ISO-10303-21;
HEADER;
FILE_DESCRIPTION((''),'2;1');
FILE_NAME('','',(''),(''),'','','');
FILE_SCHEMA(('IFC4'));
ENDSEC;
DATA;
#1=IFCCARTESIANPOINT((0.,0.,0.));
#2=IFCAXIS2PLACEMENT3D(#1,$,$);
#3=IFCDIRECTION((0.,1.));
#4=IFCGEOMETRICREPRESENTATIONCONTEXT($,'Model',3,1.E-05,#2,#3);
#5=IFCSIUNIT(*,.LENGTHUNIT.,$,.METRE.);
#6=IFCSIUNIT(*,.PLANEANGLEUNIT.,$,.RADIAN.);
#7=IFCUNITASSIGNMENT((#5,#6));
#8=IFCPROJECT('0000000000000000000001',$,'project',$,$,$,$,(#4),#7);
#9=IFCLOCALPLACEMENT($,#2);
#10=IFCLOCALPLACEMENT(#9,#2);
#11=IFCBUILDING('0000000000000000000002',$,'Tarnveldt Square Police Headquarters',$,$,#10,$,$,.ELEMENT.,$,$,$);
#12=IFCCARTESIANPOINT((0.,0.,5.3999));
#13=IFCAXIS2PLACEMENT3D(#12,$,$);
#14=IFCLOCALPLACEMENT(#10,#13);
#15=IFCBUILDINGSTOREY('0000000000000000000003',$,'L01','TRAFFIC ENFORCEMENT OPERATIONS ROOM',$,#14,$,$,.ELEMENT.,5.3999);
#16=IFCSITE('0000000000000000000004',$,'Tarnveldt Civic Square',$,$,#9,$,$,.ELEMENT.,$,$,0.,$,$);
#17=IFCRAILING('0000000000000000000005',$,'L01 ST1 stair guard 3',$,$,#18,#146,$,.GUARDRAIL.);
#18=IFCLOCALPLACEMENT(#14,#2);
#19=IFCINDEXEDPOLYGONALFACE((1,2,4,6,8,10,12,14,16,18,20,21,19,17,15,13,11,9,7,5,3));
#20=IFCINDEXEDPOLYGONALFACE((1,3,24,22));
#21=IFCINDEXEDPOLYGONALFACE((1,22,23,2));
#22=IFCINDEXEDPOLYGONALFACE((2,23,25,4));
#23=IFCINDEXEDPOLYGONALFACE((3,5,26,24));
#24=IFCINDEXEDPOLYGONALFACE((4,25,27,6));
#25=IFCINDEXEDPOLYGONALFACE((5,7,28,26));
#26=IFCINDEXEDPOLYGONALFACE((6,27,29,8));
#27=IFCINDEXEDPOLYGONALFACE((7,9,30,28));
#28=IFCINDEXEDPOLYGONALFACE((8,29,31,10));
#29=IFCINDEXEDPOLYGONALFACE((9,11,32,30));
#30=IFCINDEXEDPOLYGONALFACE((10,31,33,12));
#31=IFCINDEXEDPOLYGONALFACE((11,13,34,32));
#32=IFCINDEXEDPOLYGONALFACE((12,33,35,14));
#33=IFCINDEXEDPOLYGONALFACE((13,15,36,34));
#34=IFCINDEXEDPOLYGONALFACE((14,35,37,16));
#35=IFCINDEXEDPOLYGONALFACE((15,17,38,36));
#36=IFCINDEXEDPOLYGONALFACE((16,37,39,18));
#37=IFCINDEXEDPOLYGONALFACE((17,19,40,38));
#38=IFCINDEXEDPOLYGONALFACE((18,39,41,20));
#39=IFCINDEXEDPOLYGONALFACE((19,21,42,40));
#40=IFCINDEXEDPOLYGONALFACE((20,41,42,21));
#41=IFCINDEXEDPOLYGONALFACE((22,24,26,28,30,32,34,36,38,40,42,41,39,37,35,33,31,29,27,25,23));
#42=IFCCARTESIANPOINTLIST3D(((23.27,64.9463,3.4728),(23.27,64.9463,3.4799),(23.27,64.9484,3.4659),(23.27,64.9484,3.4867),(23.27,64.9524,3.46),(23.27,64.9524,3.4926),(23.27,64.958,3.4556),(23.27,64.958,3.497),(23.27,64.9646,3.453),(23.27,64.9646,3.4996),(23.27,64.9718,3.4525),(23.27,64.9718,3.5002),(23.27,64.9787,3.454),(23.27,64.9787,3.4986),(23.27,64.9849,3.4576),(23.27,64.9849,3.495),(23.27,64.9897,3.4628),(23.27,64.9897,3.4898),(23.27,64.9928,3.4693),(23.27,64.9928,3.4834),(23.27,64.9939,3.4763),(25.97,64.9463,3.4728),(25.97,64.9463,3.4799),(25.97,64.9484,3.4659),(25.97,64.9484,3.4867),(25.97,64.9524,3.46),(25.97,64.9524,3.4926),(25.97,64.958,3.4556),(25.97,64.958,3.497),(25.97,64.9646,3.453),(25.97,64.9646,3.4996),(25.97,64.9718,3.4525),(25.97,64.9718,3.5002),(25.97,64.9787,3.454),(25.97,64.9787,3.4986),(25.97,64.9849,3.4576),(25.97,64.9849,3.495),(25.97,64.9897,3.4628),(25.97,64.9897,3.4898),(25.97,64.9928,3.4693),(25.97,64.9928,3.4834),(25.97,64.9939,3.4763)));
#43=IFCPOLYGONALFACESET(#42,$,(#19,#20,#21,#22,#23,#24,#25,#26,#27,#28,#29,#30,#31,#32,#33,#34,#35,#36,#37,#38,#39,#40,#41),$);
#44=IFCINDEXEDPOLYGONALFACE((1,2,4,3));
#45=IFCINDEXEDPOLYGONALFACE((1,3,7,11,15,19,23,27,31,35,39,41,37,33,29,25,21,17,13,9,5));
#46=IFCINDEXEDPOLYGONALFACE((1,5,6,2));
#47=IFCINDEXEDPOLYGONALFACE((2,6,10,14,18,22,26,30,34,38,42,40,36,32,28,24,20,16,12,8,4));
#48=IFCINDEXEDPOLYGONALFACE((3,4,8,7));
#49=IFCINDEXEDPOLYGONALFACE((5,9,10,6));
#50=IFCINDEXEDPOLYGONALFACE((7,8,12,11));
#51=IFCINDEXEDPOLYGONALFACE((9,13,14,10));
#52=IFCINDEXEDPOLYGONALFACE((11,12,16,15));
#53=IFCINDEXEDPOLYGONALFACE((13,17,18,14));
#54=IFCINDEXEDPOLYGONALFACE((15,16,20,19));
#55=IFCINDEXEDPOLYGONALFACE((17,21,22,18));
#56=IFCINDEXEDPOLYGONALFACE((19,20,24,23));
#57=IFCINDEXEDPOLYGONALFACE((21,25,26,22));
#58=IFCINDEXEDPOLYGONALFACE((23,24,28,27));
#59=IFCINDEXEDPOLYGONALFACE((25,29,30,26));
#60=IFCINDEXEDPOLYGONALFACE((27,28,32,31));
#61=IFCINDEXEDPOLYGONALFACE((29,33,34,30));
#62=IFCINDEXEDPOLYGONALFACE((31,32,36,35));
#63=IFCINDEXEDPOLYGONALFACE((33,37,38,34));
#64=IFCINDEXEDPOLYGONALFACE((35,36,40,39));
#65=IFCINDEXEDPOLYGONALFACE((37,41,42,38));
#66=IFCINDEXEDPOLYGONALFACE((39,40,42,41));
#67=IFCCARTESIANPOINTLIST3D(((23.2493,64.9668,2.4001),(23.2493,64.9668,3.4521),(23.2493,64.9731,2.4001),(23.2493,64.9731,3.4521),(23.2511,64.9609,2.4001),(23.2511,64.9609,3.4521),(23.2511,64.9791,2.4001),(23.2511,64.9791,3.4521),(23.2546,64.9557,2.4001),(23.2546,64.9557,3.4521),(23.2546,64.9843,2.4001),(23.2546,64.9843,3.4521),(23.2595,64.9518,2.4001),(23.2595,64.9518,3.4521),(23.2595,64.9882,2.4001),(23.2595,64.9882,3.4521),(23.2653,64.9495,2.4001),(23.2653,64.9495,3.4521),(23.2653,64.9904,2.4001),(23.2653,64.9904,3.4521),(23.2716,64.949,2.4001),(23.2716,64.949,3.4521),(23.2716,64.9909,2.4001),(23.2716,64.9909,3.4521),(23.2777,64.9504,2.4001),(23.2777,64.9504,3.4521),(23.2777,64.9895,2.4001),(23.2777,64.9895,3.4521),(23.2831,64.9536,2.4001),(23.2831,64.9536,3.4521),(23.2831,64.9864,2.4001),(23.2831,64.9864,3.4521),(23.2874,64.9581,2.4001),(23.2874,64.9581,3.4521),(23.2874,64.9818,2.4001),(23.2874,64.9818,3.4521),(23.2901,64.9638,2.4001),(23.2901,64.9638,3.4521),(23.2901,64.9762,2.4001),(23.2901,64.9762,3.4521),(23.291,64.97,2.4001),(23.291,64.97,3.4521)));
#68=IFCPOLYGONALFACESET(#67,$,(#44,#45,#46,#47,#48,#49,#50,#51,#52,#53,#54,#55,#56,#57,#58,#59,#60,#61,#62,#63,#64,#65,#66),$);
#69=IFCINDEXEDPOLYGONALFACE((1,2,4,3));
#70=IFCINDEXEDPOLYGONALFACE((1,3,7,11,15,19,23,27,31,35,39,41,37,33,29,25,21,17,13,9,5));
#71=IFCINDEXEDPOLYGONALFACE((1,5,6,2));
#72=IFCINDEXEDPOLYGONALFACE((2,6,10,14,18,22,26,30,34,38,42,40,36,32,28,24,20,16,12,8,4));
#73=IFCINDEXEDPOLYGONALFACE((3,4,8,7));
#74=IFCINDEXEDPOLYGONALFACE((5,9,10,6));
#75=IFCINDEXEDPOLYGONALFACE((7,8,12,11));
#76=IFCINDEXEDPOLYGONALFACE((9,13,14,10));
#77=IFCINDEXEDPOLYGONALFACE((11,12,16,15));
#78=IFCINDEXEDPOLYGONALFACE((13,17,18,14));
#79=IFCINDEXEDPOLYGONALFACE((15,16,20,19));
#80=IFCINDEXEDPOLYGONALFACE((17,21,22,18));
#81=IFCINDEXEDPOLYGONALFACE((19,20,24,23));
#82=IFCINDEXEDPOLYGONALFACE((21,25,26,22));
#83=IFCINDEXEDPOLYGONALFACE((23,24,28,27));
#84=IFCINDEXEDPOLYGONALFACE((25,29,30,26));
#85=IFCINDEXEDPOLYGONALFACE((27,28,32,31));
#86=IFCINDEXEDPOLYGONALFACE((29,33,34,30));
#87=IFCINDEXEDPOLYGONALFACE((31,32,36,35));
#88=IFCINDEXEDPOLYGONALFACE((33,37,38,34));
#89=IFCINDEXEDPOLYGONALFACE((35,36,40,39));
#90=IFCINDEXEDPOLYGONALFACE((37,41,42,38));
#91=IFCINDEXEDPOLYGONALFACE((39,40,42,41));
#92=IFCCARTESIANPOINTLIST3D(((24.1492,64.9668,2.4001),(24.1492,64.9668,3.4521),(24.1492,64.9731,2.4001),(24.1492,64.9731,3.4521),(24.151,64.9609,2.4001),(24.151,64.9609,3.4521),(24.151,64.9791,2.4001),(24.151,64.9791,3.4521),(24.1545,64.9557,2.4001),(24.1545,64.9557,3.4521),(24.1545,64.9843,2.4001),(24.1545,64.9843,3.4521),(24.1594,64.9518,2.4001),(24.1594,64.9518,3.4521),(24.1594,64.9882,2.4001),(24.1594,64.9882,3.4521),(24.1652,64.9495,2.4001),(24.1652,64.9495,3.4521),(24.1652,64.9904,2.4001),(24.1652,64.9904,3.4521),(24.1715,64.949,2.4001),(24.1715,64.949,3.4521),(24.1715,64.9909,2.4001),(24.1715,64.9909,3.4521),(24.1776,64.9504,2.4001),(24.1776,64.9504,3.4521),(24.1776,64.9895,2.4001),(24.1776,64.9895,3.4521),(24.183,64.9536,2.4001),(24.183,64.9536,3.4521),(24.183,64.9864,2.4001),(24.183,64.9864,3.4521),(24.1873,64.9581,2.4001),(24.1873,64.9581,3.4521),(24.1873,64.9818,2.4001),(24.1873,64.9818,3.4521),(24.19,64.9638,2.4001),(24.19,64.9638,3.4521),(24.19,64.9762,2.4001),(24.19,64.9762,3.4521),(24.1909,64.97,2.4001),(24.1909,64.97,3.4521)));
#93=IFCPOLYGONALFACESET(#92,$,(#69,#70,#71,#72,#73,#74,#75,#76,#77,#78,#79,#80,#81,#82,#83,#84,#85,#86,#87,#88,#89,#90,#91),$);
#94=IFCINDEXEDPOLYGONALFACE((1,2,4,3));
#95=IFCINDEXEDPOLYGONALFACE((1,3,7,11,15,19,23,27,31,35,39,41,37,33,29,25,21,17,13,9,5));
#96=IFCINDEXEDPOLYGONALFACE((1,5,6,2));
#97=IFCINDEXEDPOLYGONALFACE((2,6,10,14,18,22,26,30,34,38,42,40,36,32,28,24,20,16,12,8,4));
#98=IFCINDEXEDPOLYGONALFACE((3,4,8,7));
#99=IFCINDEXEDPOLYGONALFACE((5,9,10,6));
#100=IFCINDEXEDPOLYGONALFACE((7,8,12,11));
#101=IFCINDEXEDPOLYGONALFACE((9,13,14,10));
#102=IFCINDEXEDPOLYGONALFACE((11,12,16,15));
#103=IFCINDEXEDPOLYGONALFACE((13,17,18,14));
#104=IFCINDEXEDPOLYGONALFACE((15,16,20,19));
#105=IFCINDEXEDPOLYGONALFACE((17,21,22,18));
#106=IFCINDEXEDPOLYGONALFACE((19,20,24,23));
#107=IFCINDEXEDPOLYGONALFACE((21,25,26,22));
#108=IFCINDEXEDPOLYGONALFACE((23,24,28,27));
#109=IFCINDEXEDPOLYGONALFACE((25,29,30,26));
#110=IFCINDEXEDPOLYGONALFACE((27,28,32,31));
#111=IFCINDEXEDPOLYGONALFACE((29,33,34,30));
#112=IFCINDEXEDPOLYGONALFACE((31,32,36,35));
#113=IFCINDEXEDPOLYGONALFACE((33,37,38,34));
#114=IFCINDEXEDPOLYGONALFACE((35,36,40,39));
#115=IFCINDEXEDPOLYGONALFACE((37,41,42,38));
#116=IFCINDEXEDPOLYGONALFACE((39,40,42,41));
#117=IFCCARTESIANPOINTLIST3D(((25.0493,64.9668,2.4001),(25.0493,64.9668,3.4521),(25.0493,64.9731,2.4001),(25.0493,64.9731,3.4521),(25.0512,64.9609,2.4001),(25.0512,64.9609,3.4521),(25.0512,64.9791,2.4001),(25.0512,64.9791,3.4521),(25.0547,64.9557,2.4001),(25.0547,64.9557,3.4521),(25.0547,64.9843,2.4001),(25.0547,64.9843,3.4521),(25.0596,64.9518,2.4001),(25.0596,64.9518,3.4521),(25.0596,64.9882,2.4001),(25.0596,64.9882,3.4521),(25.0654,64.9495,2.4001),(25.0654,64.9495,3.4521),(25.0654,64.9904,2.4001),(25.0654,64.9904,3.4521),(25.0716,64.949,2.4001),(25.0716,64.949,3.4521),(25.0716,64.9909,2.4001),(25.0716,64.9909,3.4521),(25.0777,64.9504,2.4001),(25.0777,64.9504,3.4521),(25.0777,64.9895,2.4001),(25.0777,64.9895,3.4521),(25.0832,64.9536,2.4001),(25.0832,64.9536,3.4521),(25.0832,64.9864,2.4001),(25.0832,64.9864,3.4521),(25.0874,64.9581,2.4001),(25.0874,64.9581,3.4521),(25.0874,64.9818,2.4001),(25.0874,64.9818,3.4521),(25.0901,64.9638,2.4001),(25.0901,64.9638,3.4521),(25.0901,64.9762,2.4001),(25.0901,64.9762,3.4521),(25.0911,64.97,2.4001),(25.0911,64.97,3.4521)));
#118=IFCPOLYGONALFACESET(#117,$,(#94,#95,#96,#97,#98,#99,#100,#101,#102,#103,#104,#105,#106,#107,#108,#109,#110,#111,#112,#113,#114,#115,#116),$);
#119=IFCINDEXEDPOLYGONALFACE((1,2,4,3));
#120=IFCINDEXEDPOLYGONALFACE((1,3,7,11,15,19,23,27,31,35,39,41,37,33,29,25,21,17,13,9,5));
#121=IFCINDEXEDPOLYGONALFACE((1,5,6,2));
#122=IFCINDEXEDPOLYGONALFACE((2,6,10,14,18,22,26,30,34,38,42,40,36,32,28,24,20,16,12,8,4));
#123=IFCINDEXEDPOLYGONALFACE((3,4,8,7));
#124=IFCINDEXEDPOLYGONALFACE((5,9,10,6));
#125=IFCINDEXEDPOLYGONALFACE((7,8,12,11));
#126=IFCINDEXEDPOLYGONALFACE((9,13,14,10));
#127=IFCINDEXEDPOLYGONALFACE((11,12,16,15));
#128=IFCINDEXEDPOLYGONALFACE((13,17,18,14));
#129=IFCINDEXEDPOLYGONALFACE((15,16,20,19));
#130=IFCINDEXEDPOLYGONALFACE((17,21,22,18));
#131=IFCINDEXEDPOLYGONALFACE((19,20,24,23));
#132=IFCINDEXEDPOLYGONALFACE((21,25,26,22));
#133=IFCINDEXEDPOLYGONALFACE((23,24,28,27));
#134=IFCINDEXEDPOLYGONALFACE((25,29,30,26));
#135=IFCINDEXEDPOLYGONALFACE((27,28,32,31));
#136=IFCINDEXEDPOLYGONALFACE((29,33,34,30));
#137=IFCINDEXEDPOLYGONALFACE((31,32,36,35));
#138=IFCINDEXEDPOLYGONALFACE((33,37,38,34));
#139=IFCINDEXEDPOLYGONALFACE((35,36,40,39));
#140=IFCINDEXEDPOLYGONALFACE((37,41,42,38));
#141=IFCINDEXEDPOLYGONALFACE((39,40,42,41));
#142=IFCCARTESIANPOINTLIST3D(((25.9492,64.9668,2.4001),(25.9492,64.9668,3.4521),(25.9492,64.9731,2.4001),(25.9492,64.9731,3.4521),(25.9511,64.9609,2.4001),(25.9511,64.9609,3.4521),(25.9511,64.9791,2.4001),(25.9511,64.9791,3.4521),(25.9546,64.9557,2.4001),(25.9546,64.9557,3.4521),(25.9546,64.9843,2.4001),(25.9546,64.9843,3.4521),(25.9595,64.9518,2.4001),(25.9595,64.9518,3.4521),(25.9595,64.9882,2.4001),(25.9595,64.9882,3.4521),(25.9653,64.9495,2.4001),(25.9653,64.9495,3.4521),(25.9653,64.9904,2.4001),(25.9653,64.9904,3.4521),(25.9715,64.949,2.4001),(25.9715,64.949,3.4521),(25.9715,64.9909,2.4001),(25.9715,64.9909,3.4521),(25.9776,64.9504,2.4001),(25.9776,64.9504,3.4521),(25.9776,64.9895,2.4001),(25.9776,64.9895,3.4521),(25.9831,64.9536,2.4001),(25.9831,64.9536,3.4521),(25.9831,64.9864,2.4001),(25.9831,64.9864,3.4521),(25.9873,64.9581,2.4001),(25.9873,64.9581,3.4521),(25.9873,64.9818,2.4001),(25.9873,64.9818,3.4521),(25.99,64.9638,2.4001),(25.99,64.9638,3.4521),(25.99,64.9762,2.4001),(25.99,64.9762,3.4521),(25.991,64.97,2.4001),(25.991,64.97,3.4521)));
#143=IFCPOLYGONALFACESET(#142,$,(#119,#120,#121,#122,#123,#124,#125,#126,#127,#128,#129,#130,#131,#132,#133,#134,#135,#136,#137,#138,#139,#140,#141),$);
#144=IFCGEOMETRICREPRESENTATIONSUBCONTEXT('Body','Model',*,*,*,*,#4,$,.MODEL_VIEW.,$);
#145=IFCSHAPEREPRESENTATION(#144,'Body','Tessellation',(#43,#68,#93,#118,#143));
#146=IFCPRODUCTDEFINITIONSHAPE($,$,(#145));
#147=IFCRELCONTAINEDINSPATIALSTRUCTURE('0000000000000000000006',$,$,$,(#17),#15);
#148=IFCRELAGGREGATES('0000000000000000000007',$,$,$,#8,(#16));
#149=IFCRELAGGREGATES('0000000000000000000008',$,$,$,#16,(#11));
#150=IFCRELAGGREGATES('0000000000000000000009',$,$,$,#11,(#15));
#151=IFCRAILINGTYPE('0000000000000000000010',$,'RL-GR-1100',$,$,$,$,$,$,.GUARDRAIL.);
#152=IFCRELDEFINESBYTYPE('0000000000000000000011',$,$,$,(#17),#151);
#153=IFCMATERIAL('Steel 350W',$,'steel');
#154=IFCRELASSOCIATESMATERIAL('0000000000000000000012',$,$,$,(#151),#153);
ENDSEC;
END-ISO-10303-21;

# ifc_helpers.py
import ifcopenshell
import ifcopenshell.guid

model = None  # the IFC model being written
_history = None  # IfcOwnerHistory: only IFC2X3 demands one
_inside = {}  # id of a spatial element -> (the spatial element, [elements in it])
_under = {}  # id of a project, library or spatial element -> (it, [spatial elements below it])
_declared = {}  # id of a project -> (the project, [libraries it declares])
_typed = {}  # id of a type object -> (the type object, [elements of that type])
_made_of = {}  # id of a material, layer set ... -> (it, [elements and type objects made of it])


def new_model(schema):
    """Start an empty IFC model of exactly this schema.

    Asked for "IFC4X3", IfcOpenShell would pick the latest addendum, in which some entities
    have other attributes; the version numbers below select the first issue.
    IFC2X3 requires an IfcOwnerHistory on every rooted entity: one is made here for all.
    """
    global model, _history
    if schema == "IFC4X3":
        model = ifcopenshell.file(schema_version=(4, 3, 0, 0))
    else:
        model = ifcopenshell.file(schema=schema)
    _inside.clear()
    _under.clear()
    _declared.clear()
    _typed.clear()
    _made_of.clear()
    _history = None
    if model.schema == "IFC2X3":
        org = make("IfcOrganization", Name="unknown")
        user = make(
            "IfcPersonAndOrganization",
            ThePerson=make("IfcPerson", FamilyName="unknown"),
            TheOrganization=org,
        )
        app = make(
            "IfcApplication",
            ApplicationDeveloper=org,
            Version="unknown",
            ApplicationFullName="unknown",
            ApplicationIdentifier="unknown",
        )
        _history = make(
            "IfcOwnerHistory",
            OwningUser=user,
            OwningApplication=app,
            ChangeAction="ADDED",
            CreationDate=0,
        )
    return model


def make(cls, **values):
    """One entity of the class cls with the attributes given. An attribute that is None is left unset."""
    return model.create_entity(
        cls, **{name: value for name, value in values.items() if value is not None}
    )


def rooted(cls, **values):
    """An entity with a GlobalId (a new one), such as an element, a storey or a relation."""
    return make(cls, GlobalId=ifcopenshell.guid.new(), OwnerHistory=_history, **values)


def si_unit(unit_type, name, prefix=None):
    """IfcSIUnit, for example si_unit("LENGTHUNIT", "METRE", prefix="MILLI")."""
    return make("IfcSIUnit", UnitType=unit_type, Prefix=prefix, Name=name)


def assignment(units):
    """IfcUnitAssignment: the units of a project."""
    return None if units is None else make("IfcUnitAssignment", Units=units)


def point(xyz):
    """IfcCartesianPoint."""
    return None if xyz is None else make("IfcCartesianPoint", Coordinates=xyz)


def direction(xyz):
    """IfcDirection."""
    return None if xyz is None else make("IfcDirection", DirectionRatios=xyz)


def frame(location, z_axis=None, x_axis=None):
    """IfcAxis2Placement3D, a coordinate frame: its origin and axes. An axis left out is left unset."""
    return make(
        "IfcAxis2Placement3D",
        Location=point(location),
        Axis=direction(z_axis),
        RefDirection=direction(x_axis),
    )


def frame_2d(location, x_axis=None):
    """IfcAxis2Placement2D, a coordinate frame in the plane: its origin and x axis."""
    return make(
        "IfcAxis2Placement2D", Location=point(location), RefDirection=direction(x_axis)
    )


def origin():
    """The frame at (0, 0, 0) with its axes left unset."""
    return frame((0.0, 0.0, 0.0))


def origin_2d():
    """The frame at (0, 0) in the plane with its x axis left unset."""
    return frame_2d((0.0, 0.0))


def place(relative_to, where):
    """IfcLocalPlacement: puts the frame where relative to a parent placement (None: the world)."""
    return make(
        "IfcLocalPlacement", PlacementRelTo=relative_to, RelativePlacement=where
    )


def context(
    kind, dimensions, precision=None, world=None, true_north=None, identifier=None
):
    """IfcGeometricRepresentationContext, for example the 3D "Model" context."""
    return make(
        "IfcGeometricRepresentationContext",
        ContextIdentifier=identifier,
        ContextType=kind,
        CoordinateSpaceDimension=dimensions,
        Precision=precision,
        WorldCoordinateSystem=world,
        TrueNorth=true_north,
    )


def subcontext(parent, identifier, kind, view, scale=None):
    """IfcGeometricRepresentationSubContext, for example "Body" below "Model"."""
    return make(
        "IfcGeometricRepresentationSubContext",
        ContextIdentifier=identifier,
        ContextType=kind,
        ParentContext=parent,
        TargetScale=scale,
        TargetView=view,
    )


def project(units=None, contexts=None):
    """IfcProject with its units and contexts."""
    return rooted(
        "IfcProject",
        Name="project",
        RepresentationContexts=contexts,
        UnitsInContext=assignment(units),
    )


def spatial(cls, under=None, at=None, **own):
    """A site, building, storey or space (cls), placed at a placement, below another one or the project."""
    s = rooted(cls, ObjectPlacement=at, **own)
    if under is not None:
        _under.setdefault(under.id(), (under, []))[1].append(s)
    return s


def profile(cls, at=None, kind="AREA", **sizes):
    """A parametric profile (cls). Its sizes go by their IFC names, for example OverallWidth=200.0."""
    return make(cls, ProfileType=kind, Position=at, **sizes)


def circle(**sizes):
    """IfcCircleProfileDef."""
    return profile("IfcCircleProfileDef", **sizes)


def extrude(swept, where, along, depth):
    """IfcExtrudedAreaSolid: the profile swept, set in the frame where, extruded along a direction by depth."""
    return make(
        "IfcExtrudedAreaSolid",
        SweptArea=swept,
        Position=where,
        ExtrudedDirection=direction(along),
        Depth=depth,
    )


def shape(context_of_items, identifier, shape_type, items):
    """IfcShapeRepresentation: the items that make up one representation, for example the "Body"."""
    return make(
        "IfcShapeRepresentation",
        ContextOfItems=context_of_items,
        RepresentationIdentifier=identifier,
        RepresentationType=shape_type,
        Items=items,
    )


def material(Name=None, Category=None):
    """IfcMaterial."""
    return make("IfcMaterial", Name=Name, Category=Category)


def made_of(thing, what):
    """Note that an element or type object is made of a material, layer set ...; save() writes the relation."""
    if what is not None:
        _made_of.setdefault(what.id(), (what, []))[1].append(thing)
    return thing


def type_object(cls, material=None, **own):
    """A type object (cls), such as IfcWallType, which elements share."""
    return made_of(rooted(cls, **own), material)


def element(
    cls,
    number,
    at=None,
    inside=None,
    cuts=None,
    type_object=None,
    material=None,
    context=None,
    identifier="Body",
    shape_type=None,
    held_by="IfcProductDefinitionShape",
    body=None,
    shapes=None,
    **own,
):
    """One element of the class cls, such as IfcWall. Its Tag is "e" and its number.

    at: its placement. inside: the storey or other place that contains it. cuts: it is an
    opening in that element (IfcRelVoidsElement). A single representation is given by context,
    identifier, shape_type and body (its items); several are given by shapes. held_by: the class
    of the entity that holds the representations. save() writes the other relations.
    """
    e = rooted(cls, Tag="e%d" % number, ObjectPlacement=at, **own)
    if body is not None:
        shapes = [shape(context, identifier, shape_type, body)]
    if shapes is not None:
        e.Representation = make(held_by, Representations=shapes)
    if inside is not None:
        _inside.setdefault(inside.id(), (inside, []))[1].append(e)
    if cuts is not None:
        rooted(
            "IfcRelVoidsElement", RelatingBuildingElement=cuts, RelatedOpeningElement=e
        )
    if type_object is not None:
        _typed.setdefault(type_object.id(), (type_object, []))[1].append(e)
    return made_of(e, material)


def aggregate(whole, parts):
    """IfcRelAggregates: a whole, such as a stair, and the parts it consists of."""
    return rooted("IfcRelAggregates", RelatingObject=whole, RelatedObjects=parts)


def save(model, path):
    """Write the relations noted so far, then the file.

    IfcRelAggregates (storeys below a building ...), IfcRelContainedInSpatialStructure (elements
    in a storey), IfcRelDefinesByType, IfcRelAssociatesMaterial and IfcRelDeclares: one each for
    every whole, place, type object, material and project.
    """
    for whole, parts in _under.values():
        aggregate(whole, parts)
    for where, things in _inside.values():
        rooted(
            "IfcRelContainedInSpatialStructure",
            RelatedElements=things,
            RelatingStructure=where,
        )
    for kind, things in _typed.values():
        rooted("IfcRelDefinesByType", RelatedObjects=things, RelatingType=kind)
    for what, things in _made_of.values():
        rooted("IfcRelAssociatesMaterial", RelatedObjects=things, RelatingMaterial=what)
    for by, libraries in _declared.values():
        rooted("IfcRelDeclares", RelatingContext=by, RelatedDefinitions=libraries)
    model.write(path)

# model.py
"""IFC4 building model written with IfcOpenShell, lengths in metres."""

from ifc_helpers import new_model, si_unit, direction, frame, origin, origin_2d, place, context, subcontext, project, spatial, circle, extrude, material, type_object, element, save


model = new_model("IFC4")

# Units and contexts
model_context = context("Model", 3, precision=1e-05, world=origin(), true_north=direction((0.0, 1.0)))
body_context = subcontext(model_context, "Body", "Model", "MODEL_VIEW")
ifc_project = project(units=[si_unit("LENGTHUNIT", "METRE"), si_unit("PLANEANGLEUNIT", "RADIAN")], contexts=[model_context])

# Site, building, storey
site_placement = place(None, origin())
site = spatial("IfcSite", under=ifc_project, at=site_placement, Name="Tarnveldt Civic Square", CompositionType="ELEMENT", RefElevation=0.0)
building_placement = place(site_placement, origin())
building = spatial("IfcBuilding", under=site, at=building_placement, Name="Tarnveldt Square Police Headquarters", CompositionType="ELEMENT")
storey_placement = place(building_placement, frame((0.0, 0.0, 5.3999)))
storey = spatial("IfcBuildingStorey", under=building, at=storey_placement, Name="L01", Description="TRAFFIC ENFORCEMENT OPERATIONS ROOM", CompositionType="ELEMENT", Elevation=5.3999)

# Railing
ifc_material_1 = material(Name="Steel 350W", Category="steel")
railing_type_1 = type_object("IfcRailingType", Name="RL-GR-1100", PredefinedType="GUARDRAIL", material=ifc_material_1)
railing_1_placement = place(storey_placement, frame((23.27, 64.97, 2.4001)))
element("IfcRailing", 1, at=railing_1_placement, inside=storey, type_object=railing_type_1, Name="L01 ST1 stair guard 3", PredefinedType="GUARDRAIL", context=body_context, shape_type="SweptSolid", body=[
    extrude(circle(Radius=0.0239, at=origin_2d()), frame((0.0, 0.0, 1.0762), z_axis=(1.0, 0.0, 0.0), x_axis=(0.0, 1.0, 0.0)), (0.0, 0.0, 1.0), 2.7),
    extrude(circle(Radius=0.021, at=origin_2d()), origin(), (0.0, 0.0, 1.0), 1.052),
    extrude(circle(Radius=0.021, at=origin_2d()), frame((0.8999, 0.0, 0.0)), (0.0, 0.0, 1.0), 1.052),
    extrude(circle(Radius=0.021, at=origin_2d()), frame((1.8, 0.0, 0.0)), (0.0, 0.0, 1.0), 1.052),
    extrude(circle(Radius=0.021, at=origin_2d()), frame((2.7, 0.0, 0.0)), (0.0, 0.0, 1.0), 1.052),
])

save(model, "model.ifc")
